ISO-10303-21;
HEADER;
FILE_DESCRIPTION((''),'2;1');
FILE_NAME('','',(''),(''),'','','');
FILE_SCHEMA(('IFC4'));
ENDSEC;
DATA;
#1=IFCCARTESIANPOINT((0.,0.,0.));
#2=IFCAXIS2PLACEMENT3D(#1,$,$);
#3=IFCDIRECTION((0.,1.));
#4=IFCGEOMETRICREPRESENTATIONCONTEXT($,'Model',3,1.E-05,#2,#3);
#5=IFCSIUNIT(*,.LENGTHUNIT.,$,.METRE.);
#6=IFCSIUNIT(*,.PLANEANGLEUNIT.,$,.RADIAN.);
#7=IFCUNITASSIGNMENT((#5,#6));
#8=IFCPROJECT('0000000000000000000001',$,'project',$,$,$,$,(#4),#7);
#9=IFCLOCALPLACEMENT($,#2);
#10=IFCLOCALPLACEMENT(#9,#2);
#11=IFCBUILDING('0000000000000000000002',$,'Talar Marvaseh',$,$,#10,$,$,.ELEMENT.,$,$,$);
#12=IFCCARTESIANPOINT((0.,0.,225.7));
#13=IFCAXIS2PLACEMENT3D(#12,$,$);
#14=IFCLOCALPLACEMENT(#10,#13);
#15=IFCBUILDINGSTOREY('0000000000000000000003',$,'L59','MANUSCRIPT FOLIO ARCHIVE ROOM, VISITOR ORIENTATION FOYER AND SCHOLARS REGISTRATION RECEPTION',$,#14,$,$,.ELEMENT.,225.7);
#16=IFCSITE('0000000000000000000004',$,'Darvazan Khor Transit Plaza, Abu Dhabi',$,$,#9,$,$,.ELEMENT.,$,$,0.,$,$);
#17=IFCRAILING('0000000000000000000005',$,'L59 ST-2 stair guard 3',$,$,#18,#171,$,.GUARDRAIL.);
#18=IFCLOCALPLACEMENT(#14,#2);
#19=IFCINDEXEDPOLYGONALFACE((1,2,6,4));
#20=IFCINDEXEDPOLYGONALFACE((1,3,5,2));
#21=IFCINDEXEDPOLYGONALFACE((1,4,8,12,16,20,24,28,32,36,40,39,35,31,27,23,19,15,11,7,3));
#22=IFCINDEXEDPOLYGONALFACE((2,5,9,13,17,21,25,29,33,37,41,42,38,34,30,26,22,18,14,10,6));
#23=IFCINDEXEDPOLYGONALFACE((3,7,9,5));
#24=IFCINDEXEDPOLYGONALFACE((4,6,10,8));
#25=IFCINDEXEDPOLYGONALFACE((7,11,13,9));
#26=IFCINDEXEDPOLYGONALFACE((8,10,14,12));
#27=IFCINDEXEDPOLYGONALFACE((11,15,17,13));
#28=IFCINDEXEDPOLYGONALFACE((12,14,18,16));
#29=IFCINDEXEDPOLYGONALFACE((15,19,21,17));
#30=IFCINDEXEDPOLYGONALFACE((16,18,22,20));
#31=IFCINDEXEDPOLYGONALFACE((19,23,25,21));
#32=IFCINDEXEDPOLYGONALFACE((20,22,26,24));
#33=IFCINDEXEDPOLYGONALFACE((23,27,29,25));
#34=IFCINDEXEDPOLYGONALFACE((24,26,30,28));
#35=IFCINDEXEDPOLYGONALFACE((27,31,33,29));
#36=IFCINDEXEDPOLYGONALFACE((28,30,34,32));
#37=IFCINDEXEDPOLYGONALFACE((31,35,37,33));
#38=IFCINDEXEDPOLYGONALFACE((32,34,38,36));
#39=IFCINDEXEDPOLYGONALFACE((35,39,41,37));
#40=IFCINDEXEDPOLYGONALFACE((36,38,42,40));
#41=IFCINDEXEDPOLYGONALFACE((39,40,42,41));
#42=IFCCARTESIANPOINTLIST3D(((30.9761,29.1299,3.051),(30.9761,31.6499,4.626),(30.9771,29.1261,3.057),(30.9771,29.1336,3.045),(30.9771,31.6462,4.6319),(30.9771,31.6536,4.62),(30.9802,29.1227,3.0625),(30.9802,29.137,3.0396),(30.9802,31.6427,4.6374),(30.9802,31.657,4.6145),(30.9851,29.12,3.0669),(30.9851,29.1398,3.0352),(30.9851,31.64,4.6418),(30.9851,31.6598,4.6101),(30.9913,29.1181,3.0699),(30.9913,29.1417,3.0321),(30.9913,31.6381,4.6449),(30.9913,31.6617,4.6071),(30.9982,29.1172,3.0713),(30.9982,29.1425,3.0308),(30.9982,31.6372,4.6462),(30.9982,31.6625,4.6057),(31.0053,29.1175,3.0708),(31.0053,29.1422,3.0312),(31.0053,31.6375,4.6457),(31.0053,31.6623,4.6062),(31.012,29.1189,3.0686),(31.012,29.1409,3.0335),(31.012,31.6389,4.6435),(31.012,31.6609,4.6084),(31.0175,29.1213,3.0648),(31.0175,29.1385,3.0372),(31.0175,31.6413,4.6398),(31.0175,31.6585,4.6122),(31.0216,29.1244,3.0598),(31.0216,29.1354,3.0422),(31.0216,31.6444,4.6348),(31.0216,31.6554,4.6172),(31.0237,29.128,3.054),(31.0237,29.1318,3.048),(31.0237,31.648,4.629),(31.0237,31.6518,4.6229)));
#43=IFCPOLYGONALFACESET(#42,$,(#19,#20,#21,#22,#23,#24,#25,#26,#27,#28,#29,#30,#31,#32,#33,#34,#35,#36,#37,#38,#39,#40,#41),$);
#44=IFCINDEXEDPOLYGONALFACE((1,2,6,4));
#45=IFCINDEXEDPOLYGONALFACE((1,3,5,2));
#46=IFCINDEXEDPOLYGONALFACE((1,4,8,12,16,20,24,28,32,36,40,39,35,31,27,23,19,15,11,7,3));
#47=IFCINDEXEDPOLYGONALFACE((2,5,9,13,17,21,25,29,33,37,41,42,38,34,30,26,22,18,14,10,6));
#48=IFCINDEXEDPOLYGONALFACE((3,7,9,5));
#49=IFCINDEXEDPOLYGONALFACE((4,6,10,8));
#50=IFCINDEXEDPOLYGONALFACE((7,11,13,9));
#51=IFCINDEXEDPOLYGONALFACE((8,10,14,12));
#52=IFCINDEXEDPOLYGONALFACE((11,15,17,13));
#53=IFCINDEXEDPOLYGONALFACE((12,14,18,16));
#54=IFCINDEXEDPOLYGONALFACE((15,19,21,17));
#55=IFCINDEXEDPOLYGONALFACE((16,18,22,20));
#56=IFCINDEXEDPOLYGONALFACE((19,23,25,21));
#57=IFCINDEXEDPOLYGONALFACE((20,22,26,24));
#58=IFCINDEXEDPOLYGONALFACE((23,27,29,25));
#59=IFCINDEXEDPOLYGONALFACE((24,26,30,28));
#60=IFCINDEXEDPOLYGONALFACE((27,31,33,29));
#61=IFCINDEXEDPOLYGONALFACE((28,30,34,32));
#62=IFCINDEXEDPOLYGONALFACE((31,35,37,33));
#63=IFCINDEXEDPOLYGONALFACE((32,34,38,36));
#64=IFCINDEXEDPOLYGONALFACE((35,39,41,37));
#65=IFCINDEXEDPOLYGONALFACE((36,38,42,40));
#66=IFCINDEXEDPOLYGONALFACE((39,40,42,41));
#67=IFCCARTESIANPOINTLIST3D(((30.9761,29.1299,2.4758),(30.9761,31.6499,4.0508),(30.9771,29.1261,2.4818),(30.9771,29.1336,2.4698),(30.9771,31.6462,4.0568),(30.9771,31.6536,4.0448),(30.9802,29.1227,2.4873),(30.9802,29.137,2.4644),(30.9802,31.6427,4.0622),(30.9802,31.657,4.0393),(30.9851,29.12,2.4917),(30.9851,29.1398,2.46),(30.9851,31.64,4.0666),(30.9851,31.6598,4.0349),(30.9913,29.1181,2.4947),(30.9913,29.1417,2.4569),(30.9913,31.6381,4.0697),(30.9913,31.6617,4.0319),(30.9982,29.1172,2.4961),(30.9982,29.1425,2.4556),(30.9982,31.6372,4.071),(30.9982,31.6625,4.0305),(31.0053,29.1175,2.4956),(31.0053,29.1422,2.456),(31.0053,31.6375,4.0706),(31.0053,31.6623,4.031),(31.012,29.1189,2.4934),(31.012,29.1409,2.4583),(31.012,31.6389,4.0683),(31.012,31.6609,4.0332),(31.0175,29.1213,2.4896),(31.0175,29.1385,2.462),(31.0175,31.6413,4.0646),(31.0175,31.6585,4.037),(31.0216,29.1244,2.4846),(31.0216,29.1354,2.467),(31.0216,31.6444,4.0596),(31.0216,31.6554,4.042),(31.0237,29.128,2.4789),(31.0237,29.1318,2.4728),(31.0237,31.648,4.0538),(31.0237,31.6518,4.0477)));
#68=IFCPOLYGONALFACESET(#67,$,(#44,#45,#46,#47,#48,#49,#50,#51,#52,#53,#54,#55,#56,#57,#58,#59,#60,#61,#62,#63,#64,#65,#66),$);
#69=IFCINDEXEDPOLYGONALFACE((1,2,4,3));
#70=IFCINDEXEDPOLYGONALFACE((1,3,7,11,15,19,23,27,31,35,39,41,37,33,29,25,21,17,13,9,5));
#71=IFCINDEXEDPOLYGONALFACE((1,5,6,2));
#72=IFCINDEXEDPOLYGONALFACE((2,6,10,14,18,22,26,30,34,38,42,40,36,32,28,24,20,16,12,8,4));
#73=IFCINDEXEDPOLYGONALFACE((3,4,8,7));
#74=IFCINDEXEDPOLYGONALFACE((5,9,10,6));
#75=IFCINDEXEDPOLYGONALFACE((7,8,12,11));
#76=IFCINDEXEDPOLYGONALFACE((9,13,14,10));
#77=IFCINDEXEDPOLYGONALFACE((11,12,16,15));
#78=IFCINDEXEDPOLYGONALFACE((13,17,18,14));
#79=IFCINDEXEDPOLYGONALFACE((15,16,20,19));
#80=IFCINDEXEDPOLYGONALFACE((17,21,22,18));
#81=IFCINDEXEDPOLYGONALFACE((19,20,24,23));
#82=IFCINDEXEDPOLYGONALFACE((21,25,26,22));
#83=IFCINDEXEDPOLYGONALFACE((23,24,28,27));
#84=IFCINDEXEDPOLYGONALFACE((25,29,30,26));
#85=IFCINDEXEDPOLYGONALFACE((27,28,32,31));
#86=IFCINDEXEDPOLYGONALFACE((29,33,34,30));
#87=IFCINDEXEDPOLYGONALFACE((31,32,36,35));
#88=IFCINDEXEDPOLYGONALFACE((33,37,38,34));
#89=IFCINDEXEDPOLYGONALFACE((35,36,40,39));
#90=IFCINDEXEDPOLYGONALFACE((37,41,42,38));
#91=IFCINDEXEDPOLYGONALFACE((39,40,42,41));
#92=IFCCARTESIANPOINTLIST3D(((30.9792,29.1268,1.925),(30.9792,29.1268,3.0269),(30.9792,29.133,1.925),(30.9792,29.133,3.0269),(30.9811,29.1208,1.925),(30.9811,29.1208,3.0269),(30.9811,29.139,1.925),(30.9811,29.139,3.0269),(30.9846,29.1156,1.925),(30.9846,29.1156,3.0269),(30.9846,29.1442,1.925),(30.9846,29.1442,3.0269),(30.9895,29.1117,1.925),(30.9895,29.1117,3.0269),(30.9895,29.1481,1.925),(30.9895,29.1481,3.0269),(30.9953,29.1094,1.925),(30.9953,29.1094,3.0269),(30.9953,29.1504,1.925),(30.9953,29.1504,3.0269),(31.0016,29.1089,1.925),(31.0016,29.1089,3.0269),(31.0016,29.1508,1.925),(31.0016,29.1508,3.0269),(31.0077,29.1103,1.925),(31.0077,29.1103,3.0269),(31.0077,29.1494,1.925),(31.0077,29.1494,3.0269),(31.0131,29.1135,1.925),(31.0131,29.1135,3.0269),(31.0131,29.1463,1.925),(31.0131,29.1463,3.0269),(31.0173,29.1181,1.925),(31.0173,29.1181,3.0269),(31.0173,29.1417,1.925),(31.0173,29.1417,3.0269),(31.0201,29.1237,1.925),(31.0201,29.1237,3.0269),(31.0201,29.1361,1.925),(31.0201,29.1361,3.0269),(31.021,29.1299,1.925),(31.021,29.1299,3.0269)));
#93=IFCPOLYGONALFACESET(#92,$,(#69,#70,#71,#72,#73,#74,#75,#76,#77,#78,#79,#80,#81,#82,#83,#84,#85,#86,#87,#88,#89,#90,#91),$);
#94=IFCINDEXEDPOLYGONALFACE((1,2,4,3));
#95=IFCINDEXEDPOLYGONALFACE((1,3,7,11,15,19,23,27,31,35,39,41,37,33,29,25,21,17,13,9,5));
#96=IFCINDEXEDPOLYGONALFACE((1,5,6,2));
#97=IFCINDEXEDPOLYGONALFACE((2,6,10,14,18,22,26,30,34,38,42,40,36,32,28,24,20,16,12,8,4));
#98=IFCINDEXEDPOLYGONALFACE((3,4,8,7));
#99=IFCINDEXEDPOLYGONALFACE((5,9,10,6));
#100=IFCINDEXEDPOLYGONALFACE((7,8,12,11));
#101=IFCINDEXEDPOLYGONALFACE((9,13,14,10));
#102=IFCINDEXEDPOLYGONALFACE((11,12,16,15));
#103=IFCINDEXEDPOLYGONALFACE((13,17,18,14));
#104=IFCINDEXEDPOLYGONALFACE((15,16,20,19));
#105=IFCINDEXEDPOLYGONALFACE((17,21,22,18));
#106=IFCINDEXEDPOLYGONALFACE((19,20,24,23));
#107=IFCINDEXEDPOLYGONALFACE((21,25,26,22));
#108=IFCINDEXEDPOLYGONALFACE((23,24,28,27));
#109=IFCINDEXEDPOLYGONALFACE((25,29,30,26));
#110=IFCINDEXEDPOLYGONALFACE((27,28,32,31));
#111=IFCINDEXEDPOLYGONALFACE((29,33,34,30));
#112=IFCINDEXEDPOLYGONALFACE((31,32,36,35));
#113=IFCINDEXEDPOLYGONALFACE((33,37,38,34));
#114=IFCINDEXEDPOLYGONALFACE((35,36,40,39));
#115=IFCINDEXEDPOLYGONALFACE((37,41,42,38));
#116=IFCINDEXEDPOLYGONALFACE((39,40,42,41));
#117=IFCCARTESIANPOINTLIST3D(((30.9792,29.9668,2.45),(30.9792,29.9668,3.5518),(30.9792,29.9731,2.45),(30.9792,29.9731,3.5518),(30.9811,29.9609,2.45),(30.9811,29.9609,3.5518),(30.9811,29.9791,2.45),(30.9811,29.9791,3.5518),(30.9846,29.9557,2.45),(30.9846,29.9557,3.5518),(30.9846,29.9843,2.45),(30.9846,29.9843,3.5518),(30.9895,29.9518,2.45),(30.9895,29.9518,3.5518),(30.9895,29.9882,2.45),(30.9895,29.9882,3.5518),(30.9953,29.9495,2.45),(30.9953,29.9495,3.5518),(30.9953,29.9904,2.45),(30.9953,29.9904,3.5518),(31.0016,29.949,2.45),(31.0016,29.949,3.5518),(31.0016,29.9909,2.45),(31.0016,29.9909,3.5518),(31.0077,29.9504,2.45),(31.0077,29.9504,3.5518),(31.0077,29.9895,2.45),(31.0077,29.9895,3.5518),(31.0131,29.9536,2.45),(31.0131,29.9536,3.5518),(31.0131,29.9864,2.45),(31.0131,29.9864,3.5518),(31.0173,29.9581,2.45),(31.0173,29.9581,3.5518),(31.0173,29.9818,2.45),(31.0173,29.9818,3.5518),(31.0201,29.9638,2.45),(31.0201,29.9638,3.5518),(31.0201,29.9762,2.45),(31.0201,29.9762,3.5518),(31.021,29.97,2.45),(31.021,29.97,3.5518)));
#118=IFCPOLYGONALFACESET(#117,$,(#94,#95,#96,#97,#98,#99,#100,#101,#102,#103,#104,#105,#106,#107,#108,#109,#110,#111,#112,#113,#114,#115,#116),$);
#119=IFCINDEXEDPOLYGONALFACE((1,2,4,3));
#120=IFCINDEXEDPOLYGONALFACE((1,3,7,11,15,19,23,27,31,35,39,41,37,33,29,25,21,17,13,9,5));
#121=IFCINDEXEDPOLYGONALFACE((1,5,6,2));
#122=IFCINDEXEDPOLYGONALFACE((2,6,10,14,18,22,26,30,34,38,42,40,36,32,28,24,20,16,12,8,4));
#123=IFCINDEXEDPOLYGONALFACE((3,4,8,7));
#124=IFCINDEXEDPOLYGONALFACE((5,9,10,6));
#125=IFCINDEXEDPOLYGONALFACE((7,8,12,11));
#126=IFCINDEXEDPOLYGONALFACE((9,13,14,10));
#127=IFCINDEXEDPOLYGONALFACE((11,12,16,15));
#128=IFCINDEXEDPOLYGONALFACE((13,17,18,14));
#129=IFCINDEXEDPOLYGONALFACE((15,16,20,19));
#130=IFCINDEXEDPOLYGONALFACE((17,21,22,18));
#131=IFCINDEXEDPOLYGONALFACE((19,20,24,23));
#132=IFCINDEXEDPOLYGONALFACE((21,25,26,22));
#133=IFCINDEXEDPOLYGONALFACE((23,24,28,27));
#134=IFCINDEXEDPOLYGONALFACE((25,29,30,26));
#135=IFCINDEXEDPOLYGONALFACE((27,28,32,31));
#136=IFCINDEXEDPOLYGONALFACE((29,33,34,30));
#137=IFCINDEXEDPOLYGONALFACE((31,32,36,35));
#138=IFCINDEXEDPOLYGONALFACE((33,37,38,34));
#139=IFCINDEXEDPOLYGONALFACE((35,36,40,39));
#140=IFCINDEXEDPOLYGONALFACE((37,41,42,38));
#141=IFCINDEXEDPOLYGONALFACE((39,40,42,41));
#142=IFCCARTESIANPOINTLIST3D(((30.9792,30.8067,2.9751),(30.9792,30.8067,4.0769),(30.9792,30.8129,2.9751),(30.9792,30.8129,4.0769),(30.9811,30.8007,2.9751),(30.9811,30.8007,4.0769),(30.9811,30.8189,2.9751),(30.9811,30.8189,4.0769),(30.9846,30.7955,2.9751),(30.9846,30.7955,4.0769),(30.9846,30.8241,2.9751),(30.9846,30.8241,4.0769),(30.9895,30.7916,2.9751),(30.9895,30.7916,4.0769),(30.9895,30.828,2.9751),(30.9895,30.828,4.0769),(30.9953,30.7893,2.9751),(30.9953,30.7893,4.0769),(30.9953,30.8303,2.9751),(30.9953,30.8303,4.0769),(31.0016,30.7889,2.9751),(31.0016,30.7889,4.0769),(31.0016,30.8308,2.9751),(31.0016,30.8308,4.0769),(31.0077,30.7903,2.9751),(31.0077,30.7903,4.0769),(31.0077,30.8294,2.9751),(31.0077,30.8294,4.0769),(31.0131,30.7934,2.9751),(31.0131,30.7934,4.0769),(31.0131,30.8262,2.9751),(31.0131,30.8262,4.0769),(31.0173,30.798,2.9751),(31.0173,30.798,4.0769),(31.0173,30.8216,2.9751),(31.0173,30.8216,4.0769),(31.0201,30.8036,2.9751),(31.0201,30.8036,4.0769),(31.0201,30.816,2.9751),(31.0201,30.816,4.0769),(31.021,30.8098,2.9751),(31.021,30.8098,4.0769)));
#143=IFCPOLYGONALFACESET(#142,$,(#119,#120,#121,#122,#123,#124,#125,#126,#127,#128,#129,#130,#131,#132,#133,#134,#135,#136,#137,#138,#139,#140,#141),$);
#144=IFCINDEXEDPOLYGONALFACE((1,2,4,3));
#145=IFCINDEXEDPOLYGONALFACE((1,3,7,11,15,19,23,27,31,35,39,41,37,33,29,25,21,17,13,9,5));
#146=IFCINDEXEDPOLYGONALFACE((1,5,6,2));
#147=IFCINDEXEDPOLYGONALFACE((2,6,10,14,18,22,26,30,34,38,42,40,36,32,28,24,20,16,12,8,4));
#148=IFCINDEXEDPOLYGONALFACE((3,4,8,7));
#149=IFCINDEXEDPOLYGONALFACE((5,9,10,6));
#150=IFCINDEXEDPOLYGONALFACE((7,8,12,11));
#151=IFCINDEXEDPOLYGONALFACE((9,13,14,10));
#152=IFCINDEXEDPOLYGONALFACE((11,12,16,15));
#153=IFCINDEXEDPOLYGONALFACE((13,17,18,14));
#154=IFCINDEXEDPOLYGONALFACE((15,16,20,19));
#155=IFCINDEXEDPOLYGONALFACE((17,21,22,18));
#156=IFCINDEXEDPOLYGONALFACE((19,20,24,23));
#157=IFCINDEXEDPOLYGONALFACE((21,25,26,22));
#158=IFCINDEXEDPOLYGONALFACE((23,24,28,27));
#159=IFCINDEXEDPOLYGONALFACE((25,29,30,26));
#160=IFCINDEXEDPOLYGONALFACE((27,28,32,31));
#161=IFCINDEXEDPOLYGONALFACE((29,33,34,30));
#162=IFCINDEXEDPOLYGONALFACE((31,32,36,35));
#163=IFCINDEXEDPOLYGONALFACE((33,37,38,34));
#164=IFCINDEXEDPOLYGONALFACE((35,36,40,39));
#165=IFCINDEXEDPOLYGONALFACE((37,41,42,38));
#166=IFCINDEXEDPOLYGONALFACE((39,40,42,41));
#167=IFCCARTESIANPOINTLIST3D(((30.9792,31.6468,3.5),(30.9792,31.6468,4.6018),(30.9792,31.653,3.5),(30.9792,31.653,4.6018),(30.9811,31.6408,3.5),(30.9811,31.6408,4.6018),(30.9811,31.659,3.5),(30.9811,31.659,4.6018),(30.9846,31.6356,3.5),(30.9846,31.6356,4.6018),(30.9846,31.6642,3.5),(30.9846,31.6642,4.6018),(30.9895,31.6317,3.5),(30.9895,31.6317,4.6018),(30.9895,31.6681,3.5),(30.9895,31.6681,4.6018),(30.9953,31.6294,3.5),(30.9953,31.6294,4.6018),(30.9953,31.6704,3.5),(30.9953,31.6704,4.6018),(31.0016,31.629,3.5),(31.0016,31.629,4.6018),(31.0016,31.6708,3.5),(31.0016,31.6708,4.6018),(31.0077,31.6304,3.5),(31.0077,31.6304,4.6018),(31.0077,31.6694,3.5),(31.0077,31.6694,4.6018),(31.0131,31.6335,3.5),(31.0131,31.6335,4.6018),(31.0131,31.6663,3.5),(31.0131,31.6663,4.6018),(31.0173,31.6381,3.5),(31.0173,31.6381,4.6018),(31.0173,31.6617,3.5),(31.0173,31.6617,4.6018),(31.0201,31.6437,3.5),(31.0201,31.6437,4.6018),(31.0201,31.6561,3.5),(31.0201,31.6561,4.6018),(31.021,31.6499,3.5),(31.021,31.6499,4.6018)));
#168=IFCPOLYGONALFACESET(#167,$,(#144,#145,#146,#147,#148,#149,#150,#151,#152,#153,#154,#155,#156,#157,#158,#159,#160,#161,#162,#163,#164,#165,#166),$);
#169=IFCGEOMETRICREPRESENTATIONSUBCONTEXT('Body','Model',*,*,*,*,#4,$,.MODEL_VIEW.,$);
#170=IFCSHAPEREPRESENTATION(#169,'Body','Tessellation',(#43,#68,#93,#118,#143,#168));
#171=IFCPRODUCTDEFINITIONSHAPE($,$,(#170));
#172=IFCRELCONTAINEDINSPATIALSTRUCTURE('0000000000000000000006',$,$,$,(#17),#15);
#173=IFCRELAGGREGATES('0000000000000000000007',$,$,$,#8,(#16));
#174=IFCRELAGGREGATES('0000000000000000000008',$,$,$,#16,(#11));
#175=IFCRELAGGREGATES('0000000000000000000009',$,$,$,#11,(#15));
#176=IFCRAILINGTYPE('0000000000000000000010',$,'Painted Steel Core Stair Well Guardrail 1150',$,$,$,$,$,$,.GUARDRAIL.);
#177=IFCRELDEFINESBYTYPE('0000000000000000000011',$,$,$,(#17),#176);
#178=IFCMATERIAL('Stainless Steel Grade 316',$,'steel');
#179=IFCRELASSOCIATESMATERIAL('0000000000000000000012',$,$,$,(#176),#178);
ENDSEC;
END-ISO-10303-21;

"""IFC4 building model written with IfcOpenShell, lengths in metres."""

from ifc_helpers import new_model, si_unit, direction, frame, origin, origin_2d, place, context, subcontext, project, spatial, circle, extrude, material, type_object, element, save


model = new_model("IFC4")

# Units and contexts
model_context = context("Model", 3, precision=1e-05, world=origin(), true_north=direction((0.0, 1.0)))
body_context = subcontext(model_context, "Body", "Model", "MODEL_VIEW")
ifc_project = project(units=[si_unit("LENGTHUNIT", "METRE"), si_unit("PLANEANGLEUNIT", "RADIAN")], contexts=[model_context])

# Site, building, storey
site_placement = place(None, origin())
site = spatial("IfcSite", under=ifc_project, at=site_placement, Name="Darvazan Khor Transit Plaza, Abu Dhabi", CompositionType="ELEMENT", RefElevation=0.0)
building_placement = place(site_placement, origin())
building = spatial("IfcBuilding", under=site, at=building_placement, Name="Talar Marvaseh", CompositionType="ELEMENT")
storey_placement = place(building_placement, frame((0.0, 0.0, 225.7)))
storey = spatial("IfcBuildingStorey", under=building, at=storey_placement, Name="L59", Description="MANUSCRIPT FOLIO ARCHIVE ROOM, VISITOR ORIENTATION FOYER AND SCHOLARS REGISTRATION RECEPTION", CompositionType="ELEMENT", Elevation=225.7)

# Shared definitions
ifc_material_1 = material(Name="Stainless Steel Grade 316", Category="steel")

# Railing
railing_type_1 = type_object("IfcRailingType", Name="Painted Steel Core Stair Well Guardrail 1150", PredefinedType="GUARDRAIL", material=ifc_material_1)
railing_1_placement = place(storey_placement, frame((31.0, 29.1299, 1.925)))
element("IfcRailing", 1, at=railing_1_placement, inside=storey, type_object=railing_type_1, Name="L59 ST-2 stair guard 3", PredefinedType="GUARDRAIL", context=body_context, shape_type="SweptSolid", body=[
    extrude(circle(Radius=0.0239, at=origin_2d()), frame((0.0, 0.0, 1.126), z_axis=(0.0, 0.848008, 0.529984), x_axis=(-1.0, 0.0, 0.0)), (0.0, 0.0, 1.0), 2.9717),
    extrude(circle(Radius=0.0239, at=origin_2d()), frame((0.0, 0.0, 0.5508), z_axis=(0.0, 0.848008, 0.529984), x_axis=(-1.0, 0.0, 0.0)), (0.0, 0.0, 1.0), 2.9717),
    extrude(circle(Radius=0.021, at=origin_2d()), origin(), (0.0, 0.0, 1.0), 1.1018),
    extrude(circle(Radius=0.021, at=origin_2d()), frame((0.0, 0.8401, 0.5249)), (0.0, 0.0, 1.0), 1.1018),
    extrude(circle(Radius=0.021, at=origin_2d()), frame((0.0, 1.6799, 1.05)), (0.0, 0.0, 1.0), 1.1018),
    extrude(circle(Radius=0.021, at=origin_2d()), frame((0.0, 2.52, 1.575)), (0.0, 0.0, 1.0), 1.1018),
])

save(model, "model.ifc")
